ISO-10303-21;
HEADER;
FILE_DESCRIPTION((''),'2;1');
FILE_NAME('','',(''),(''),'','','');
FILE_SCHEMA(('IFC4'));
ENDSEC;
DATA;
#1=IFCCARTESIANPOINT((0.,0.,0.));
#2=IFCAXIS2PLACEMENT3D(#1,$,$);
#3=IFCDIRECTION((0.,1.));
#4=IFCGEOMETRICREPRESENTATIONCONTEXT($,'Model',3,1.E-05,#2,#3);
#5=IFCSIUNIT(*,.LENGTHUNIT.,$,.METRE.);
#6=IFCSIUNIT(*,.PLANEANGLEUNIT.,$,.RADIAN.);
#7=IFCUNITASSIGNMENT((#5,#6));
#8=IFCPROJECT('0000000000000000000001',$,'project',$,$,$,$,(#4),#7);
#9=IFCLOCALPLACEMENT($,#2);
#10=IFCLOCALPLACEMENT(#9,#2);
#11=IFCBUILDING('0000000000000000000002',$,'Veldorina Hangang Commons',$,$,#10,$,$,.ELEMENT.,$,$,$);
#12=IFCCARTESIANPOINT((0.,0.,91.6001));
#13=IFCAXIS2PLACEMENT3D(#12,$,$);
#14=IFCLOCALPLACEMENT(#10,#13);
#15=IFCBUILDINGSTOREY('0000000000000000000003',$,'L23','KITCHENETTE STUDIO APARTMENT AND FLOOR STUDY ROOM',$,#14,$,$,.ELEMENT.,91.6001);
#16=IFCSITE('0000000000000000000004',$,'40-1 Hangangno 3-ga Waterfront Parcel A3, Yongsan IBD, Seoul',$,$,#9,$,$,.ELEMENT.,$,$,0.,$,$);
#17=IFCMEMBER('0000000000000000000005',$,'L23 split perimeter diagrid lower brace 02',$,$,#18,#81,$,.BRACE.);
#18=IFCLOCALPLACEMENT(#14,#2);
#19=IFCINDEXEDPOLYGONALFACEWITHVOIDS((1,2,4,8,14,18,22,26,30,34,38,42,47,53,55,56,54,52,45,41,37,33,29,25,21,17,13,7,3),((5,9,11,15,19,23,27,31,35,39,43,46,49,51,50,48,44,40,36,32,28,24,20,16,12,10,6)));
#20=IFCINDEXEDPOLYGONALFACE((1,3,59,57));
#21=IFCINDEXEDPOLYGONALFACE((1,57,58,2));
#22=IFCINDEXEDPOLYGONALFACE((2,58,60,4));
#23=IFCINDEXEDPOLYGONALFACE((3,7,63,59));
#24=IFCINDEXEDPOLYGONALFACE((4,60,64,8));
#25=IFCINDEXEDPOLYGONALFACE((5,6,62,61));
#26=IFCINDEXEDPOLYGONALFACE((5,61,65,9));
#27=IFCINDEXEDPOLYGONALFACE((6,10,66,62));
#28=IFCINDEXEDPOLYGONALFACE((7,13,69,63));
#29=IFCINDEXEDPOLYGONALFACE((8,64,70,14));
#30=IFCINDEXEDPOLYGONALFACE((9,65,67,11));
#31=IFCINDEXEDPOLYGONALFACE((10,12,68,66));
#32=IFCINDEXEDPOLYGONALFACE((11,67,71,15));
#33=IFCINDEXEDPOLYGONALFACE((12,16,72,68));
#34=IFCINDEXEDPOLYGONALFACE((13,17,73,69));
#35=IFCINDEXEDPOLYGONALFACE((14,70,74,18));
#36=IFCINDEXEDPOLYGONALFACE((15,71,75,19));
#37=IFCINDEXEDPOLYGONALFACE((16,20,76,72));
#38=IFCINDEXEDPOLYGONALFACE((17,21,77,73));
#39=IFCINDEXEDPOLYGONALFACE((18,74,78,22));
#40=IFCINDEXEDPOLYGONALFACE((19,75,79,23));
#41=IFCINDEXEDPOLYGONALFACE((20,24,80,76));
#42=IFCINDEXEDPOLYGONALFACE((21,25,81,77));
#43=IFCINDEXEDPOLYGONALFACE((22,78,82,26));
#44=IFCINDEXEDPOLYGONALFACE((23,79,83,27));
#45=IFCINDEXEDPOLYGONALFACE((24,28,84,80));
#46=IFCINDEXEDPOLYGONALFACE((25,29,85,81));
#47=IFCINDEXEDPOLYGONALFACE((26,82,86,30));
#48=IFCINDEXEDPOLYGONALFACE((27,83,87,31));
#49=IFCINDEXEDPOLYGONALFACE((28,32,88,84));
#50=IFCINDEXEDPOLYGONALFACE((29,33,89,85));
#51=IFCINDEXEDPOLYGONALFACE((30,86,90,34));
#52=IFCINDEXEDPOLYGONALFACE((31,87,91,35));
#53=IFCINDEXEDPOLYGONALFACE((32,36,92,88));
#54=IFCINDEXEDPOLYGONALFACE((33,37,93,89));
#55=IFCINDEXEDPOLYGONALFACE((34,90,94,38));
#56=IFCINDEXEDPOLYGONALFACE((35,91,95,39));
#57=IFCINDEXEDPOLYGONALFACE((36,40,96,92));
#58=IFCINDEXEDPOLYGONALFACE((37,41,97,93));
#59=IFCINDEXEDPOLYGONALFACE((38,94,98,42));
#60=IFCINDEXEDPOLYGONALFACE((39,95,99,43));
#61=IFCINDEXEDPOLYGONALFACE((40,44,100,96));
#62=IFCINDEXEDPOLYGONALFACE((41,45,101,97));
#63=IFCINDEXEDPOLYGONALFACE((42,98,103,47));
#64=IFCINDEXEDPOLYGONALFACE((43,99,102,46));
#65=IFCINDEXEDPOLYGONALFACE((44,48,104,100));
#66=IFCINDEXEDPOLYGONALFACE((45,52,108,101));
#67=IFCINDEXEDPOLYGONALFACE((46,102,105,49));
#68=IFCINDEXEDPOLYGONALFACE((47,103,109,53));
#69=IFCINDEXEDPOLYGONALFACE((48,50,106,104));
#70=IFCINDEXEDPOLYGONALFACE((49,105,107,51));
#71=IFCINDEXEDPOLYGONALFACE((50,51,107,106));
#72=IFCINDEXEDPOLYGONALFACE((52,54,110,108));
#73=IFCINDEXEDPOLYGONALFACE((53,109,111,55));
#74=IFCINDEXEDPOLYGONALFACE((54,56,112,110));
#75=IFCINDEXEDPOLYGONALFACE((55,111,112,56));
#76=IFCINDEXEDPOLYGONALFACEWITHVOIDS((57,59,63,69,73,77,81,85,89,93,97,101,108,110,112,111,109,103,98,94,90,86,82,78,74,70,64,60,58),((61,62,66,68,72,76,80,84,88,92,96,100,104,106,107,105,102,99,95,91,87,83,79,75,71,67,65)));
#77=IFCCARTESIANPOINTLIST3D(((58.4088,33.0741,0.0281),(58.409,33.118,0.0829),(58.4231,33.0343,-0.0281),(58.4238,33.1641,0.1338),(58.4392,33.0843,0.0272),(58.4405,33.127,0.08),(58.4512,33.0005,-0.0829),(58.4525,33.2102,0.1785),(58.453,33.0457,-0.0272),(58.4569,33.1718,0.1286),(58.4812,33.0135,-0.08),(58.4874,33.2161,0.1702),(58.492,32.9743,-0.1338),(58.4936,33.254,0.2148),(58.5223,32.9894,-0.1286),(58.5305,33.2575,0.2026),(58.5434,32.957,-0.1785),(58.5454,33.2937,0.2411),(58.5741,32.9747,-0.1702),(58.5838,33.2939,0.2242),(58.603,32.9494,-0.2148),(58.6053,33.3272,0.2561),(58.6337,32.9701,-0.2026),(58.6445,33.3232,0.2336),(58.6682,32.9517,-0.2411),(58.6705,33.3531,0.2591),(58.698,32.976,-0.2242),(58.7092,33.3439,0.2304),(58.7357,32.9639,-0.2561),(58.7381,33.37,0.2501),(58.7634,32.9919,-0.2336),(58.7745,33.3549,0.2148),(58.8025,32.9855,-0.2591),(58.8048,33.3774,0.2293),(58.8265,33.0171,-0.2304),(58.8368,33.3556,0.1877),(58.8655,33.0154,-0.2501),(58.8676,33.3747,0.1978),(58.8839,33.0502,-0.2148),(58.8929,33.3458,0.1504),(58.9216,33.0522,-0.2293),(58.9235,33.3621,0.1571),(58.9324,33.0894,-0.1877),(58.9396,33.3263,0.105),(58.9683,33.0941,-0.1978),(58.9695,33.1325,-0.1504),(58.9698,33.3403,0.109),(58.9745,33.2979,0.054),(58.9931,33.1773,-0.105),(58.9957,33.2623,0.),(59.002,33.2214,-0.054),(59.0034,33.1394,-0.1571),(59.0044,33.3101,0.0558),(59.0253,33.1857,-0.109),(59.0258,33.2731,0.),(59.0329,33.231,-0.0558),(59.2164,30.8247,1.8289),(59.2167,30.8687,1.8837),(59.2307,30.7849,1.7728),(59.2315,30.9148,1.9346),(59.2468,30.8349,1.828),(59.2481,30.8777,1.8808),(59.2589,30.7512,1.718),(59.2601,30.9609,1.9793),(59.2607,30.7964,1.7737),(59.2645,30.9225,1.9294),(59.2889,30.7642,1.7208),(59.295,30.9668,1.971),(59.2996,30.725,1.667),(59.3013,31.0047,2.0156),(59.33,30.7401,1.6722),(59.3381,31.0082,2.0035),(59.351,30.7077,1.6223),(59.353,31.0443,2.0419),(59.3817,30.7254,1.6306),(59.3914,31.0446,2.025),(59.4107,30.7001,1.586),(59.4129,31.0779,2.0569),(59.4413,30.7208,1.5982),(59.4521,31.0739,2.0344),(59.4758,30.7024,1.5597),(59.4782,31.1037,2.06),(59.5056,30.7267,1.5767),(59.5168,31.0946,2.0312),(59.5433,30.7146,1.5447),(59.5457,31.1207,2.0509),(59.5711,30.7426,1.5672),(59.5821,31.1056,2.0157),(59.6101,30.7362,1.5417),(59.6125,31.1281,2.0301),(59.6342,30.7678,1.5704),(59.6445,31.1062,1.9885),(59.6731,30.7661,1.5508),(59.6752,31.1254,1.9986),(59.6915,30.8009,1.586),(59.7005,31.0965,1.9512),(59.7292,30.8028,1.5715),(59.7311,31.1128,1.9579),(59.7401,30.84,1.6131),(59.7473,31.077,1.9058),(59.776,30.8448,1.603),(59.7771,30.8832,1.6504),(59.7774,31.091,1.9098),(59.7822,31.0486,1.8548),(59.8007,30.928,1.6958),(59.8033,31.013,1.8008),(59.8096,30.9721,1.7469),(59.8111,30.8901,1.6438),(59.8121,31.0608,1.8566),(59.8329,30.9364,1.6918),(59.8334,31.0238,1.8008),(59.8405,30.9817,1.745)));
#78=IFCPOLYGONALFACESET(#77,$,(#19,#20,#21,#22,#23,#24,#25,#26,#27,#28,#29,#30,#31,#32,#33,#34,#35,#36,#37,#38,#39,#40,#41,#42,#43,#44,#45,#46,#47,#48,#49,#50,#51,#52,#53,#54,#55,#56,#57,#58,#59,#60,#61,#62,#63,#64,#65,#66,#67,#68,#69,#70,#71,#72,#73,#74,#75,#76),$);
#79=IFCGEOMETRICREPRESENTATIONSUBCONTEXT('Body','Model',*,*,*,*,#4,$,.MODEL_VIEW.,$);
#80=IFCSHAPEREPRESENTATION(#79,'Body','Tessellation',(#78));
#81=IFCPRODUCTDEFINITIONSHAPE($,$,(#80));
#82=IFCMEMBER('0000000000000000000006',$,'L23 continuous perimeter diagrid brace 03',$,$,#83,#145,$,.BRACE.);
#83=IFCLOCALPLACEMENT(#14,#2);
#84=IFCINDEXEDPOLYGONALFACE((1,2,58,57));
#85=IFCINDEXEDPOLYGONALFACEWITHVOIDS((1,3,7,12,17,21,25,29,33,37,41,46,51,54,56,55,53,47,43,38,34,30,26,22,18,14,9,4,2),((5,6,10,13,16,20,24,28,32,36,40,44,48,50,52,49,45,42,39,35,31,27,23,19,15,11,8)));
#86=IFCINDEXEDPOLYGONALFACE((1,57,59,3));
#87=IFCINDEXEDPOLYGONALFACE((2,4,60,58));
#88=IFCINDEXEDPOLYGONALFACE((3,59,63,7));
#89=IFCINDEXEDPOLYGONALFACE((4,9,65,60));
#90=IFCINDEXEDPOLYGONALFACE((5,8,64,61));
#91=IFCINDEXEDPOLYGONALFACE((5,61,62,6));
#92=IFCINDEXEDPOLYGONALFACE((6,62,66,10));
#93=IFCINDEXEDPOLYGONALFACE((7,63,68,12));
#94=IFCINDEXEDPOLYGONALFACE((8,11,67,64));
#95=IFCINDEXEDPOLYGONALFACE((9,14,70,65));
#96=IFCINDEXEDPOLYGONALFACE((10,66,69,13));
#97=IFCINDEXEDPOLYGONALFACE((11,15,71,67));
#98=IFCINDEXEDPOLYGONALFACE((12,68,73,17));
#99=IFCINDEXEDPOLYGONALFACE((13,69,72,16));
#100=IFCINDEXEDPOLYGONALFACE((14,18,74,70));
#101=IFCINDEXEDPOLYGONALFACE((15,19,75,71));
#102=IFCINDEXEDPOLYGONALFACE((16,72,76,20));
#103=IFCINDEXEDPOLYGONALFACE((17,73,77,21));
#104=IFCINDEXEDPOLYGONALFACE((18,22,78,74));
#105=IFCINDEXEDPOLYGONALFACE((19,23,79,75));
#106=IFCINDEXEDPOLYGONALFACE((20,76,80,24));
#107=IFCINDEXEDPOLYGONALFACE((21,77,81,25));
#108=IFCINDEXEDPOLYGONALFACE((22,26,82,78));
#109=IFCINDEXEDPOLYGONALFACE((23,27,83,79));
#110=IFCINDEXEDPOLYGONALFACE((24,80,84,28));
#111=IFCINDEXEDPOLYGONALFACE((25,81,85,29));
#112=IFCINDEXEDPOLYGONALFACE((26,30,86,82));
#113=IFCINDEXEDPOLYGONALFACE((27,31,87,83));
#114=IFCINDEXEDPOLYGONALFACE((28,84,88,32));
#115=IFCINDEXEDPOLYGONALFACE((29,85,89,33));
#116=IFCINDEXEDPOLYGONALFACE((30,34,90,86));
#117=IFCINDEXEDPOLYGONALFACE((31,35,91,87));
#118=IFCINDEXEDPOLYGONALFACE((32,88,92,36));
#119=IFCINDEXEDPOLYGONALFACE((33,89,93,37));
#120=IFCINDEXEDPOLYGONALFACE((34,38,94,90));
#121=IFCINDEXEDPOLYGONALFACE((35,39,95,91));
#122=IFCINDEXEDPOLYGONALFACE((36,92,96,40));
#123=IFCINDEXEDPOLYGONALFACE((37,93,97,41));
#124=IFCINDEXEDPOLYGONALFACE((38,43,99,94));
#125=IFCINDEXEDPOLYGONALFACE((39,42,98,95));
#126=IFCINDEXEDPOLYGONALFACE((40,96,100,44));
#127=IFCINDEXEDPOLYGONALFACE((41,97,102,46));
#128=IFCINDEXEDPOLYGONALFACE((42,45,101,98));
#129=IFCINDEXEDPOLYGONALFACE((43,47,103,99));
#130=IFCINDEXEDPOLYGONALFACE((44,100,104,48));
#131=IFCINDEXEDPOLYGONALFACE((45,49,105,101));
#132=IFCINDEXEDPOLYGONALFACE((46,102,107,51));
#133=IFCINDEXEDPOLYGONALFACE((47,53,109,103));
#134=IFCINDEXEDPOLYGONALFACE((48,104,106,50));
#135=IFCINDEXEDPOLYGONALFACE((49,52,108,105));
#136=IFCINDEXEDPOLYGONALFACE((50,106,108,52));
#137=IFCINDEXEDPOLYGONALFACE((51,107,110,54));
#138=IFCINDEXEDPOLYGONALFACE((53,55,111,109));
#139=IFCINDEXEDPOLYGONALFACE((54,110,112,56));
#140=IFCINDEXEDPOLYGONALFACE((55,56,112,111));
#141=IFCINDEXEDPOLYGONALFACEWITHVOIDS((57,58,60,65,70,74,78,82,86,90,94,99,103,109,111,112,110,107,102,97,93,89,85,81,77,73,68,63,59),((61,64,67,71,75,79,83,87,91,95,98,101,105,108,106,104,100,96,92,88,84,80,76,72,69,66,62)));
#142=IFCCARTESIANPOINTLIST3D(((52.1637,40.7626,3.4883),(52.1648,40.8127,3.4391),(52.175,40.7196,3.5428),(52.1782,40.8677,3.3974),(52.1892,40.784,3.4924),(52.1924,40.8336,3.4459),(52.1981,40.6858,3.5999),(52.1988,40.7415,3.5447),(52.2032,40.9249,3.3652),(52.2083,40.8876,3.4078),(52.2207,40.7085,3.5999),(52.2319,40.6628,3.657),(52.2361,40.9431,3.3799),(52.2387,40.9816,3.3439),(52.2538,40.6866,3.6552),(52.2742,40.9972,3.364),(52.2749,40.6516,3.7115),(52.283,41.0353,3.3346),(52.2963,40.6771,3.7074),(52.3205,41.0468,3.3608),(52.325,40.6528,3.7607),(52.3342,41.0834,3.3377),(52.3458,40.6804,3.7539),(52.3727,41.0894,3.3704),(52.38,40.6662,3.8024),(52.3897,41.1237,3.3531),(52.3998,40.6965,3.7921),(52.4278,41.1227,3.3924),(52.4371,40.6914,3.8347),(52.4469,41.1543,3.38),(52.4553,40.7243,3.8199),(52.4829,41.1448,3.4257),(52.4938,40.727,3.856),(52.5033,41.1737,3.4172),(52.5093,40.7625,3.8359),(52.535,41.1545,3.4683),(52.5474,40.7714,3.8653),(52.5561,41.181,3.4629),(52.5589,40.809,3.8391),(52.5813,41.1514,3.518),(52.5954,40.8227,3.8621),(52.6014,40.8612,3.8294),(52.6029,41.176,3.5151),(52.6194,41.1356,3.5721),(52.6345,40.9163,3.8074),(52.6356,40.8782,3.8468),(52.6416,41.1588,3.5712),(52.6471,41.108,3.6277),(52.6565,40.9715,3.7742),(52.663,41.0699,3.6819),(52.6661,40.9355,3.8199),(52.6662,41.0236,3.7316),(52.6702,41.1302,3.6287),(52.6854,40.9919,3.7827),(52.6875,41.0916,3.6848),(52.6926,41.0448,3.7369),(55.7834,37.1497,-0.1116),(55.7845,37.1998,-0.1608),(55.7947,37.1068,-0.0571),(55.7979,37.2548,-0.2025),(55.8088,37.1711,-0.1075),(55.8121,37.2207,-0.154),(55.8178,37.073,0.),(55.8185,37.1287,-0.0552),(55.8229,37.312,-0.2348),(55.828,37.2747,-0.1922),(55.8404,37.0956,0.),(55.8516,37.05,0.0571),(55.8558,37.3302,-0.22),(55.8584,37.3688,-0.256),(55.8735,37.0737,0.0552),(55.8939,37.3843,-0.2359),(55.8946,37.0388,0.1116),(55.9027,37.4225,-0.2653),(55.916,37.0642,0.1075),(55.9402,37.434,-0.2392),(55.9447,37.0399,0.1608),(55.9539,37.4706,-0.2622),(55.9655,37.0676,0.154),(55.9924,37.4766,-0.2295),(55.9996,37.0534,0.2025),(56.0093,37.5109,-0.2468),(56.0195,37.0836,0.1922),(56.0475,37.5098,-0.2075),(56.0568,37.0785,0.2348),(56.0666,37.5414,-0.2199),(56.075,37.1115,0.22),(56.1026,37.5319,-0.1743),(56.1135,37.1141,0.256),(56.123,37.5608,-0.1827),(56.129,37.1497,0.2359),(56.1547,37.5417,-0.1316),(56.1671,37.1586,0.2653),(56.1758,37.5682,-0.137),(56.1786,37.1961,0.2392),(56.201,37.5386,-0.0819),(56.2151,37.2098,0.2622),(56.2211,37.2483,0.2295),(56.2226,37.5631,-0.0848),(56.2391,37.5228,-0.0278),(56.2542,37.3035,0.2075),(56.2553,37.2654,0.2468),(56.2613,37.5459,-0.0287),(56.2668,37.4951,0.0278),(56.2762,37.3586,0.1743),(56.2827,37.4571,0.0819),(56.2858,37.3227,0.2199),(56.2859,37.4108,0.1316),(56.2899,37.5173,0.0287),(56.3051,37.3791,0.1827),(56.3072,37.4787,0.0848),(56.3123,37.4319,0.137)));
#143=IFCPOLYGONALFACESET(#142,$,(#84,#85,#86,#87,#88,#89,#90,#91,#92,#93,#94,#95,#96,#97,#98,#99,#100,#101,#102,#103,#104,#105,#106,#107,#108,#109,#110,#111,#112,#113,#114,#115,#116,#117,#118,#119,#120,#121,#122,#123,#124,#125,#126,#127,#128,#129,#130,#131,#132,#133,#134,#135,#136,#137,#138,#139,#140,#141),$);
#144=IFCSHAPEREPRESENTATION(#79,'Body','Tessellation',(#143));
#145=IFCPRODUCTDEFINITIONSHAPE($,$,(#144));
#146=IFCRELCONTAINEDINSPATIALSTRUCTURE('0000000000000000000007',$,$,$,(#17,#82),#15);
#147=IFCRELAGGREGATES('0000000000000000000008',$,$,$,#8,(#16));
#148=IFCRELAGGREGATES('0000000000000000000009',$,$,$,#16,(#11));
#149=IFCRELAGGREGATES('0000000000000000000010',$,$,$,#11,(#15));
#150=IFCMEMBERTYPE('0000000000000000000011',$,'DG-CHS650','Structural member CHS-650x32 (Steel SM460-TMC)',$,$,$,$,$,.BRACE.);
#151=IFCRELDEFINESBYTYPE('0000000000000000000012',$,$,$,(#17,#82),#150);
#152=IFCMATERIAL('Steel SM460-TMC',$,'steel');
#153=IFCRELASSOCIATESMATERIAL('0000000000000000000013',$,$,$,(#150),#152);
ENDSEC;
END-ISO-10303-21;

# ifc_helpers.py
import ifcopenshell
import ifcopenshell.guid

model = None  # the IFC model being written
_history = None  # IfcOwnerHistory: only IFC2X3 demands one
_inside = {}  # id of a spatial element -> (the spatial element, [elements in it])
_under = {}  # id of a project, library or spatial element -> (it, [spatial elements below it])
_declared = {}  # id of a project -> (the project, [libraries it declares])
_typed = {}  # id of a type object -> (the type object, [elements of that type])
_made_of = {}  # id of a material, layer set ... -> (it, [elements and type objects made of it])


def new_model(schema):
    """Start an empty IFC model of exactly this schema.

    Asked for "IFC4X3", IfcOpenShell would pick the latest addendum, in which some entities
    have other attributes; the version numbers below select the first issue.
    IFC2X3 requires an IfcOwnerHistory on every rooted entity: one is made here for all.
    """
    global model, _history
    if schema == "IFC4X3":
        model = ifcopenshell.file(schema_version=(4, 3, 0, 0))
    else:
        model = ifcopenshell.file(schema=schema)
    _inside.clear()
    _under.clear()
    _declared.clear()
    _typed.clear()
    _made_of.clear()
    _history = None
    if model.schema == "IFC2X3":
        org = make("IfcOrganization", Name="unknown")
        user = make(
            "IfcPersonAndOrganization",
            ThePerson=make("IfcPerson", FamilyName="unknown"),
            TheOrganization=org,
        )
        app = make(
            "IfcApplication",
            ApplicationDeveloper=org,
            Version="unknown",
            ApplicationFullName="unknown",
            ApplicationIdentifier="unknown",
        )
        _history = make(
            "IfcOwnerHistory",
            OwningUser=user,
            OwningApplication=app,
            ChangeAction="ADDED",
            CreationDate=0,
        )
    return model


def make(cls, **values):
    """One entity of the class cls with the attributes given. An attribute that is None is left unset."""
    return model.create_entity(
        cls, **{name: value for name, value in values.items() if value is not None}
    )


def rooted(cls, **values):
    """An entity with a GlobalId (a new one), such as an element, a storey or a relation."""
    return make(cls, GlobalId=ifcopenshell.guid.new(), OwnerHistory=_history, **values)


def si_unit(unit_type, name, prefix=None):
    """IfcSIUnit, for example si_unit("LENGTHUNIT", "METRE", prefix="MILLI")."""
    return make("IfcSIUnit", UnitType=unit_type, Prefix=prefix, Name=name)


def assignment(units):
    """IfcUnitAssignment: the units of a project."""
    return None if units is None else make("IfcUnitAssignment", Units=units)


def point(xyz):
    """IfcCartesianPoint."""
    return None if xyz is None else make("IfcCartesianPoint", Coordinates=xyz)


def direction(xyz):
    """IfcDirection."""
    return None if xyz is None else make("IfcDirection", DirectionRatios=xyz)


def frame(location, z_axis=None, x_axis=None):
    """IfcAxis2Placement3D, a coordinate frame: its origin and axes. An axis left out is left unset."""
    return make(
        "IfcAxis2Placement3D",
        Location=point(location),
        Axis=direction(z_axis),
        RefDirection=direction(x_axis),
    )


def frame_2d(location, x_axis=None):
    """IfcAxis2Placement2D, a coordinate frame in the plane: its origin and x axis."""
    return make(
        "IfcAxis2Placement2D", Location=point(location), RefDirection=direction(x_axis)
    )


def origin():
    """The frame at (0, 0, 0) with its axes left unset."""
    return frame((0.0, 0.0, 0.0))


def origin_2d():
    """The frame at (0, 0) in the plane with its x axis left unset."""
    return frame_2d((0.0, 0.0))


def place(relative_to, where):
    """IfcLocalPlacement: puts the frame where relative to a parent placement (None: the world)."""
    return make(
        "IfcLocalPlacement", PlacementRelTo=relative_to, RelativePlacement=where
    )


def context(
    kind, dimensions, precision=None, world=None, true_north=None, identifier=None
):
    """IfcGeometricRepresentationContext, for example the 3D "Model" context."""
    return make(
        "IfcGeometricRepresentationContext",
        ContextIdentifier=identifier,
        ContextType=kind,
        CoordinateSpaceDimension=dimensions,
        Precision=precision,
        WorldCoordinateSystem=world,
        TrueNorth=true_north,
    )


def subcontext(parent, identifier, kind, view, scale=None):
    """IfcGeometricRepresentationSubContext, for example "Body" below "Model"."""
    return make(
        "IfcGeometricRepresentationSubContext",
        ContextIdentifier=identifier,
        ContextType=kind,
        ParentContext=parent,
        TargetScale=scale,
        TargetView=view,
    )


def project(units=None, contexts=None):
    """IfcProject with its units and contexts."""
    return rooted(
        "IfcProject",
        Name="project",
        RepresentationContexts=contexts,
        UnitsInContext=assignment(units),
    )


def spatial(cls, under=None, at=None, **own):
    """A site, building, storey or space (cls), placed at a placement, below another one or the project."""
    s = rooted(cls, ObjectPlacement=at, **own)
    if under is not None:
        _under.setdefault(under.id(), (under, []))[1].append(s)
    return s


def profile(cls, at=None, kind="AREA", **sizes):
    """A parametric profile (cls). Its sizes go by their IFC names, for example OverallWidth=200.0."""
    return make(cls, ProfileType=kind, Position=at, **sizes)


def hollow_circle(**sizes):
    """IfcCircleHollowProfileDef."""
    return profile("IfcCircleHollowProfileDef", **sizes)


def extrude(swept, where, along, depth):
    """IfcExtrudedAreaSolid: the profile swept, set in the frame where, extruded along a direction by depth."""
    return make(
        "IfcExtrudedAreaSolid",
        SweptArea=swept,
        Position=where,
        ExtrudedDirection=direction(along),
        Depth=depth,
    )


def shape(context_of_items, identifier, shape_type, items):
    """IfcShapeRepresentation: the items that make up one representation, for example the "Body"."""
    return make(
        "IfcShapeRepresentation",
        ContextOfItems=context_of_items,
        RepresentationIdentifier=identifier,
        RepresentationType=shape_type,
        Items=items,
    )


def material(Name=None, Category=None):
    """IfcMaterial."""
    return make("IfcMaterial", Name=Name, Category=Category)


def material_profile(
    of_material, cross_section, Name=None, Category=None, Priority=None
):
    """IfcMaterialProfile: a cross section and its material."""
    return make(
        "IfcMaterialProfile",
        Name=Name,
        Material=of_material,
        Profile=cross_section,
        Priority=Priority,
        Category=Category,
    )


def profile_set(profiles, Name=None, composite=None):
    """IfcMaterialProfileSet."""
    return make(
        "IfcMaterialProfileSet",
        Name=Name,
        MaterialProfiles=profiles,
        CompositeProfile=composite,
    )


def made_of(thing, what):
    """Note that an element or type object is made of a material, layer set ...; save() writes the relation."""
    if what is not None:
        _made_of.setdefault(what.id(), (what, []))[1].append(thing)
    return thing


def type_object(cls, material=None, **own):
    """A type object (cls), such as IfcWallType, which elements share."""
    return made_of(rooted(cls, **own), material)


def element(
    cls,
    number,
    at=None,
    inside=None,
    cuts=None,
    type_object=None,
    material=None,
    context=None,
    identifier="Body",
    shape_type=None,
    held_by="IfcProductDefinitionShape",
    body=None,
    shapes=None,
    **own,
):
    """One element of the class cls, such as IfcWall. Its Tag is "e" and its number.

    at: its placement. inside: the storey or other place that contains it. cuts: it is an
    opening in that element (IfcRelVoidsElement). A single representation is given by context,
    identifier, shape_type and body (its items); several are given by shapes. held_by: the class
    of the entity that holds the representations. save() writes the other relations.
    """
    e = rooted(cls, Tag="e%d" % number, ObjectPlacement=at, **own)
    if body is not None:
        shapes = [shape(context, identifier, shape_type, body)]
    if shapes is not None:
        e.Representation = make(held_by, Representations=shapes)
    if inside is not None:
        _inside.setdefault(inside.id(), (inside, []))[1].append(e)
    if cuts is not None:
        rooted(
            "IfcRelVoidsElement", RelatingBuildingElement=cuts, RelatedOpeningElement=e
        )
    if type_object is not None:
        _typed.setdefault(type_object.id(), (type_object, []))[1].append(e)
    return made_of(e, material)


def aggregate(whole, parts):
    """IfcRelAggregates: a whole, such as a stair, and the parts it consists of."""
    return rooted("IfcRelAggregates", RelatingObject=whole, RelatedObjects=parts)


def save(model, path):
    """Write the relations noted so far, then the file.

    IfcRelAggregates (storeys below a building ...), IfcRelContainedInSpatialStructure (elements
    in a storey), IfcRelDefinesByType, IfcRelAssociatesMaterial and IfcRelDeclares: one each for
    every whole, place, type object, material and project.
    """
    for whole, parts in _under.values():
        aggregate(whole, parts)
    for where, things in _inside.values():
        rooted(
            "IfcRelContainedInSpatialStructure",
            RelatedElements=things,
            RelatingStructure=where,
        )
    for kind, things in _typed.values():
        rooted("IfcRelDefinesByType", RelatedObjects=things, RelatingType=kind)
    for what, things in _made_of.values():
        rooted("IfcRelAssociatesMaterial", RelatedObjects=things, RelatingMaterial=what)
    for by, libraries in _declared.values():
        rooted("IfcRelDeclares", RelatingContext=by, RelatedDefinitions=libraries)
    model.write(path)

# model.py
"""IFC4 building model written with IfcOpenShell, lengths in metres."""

from ifc_helpers import new_model, si_unit, direction, frame, origin, origin_2d, place, context, subcontext, project, spatial, hollow_circle, extrude, material, material_profile, profile_set, type_object, element, save


model = new_model("IFC4")

# Units and contexts
model_context = context("Model", 3, precision=1e-05, world=origin(), true_north=direction((0.0, 1.0)))
body_context = subcontext(model_context, "Body", "Model", "MODEL_VIEW")
ifc_project = project(units=[si_unit("LENGTHUNIT", "METRE"), si_unit("PLANEANGLEUNIT", "RADIAN")], contexts=[model_context])

# Site, building, storey
site_placement = place(None, origin())
site = spatial("IfcSite", under=ifc_project, at=site_placement, Name="40-1 Hangangno 3-ga Waterfront Parcel A3, Yongsan IBD, Seoul", CompositionType="ELEMENT", RefElevation=0.0)
building_placement = place(site_placement, origin())
building = spatial("IfcBuilding", under=site, at=building_placement, Name="Veldorina Hangang Commons", CompositionType="ELEMENT")
storey_placement = place(building_placement, frame((0.0, 0.0, 91.6001)))
storey = spatial("IfcBuildingStorey", under=building, at=storey_placement, Name="L23", Description="KITCHENETTE STUDIO APARTMENT AND FLOOR STUDY ROOM", CompositionType="ELEMENT", Elevation=91.6001)

# Members
ifc_material_1 = material(Name="Steel SM460-TMC", Category="steel")
ifc_material_profile_1 = material_profile(ifc_material_1, hollow_circle(Radius=0.325, WallThickness=0.032, at=origin_2d()), Name="CHS-650x32")
ifc_profile_set_1 = profile_set([ifc_material_profile_1], Name="Steel SM460-TMC")
member_type = type_object("IfcMemberType", Name="DG-CHS650", Description="Structural member CHS-650x32 (Steel SM460-TMC)", PredefinedType="BRACE", material=ifc_profile_set_1)
member_1_placement = place(storey_placement, frame((58.72, 33.1633, 0.0), z_axis=(0.269892, -0.751668, 0.601791), x_axis=(0.94117, 0.337934, 0.0)))
element("IfcMember", 1, at=member_1_placement, inside=storey, type_object=member_type, Name="L23 split perimeter diagrid lower brace 02", PredefinedType="BRACE", context=body_context, shape_type="SweptSolid", body=[
    extrude(hollow_circle(Radius=0.325, WallThickness=0.032, at=origin_2d()), origin(), (0.0, 0.0, 1.0), 2.9924),
])
member_2_placement = place(storey_placement, frame((56.0474, 37.303, 0.0), z_axis=(-0.578767, 0.577674, 0.575605), x_axis=(-0.706438, -0.707775, 0.0)))
element("IfcMember", 2, at=member_2_placement, inside=storey, type_object=member_type, Name="L23 continuous perimeter diagrid brace 03", PredefinedType="BRACE", context=body_context, shape_type="SweptSolid", body=[
    extrude(hollow_circle(Radius=0.325, WallThickness=0.032, at=origin_2d()), origin(), (0.0, 0.0, 1.0), 6.2542),
])

save(model, "model.ifc")
